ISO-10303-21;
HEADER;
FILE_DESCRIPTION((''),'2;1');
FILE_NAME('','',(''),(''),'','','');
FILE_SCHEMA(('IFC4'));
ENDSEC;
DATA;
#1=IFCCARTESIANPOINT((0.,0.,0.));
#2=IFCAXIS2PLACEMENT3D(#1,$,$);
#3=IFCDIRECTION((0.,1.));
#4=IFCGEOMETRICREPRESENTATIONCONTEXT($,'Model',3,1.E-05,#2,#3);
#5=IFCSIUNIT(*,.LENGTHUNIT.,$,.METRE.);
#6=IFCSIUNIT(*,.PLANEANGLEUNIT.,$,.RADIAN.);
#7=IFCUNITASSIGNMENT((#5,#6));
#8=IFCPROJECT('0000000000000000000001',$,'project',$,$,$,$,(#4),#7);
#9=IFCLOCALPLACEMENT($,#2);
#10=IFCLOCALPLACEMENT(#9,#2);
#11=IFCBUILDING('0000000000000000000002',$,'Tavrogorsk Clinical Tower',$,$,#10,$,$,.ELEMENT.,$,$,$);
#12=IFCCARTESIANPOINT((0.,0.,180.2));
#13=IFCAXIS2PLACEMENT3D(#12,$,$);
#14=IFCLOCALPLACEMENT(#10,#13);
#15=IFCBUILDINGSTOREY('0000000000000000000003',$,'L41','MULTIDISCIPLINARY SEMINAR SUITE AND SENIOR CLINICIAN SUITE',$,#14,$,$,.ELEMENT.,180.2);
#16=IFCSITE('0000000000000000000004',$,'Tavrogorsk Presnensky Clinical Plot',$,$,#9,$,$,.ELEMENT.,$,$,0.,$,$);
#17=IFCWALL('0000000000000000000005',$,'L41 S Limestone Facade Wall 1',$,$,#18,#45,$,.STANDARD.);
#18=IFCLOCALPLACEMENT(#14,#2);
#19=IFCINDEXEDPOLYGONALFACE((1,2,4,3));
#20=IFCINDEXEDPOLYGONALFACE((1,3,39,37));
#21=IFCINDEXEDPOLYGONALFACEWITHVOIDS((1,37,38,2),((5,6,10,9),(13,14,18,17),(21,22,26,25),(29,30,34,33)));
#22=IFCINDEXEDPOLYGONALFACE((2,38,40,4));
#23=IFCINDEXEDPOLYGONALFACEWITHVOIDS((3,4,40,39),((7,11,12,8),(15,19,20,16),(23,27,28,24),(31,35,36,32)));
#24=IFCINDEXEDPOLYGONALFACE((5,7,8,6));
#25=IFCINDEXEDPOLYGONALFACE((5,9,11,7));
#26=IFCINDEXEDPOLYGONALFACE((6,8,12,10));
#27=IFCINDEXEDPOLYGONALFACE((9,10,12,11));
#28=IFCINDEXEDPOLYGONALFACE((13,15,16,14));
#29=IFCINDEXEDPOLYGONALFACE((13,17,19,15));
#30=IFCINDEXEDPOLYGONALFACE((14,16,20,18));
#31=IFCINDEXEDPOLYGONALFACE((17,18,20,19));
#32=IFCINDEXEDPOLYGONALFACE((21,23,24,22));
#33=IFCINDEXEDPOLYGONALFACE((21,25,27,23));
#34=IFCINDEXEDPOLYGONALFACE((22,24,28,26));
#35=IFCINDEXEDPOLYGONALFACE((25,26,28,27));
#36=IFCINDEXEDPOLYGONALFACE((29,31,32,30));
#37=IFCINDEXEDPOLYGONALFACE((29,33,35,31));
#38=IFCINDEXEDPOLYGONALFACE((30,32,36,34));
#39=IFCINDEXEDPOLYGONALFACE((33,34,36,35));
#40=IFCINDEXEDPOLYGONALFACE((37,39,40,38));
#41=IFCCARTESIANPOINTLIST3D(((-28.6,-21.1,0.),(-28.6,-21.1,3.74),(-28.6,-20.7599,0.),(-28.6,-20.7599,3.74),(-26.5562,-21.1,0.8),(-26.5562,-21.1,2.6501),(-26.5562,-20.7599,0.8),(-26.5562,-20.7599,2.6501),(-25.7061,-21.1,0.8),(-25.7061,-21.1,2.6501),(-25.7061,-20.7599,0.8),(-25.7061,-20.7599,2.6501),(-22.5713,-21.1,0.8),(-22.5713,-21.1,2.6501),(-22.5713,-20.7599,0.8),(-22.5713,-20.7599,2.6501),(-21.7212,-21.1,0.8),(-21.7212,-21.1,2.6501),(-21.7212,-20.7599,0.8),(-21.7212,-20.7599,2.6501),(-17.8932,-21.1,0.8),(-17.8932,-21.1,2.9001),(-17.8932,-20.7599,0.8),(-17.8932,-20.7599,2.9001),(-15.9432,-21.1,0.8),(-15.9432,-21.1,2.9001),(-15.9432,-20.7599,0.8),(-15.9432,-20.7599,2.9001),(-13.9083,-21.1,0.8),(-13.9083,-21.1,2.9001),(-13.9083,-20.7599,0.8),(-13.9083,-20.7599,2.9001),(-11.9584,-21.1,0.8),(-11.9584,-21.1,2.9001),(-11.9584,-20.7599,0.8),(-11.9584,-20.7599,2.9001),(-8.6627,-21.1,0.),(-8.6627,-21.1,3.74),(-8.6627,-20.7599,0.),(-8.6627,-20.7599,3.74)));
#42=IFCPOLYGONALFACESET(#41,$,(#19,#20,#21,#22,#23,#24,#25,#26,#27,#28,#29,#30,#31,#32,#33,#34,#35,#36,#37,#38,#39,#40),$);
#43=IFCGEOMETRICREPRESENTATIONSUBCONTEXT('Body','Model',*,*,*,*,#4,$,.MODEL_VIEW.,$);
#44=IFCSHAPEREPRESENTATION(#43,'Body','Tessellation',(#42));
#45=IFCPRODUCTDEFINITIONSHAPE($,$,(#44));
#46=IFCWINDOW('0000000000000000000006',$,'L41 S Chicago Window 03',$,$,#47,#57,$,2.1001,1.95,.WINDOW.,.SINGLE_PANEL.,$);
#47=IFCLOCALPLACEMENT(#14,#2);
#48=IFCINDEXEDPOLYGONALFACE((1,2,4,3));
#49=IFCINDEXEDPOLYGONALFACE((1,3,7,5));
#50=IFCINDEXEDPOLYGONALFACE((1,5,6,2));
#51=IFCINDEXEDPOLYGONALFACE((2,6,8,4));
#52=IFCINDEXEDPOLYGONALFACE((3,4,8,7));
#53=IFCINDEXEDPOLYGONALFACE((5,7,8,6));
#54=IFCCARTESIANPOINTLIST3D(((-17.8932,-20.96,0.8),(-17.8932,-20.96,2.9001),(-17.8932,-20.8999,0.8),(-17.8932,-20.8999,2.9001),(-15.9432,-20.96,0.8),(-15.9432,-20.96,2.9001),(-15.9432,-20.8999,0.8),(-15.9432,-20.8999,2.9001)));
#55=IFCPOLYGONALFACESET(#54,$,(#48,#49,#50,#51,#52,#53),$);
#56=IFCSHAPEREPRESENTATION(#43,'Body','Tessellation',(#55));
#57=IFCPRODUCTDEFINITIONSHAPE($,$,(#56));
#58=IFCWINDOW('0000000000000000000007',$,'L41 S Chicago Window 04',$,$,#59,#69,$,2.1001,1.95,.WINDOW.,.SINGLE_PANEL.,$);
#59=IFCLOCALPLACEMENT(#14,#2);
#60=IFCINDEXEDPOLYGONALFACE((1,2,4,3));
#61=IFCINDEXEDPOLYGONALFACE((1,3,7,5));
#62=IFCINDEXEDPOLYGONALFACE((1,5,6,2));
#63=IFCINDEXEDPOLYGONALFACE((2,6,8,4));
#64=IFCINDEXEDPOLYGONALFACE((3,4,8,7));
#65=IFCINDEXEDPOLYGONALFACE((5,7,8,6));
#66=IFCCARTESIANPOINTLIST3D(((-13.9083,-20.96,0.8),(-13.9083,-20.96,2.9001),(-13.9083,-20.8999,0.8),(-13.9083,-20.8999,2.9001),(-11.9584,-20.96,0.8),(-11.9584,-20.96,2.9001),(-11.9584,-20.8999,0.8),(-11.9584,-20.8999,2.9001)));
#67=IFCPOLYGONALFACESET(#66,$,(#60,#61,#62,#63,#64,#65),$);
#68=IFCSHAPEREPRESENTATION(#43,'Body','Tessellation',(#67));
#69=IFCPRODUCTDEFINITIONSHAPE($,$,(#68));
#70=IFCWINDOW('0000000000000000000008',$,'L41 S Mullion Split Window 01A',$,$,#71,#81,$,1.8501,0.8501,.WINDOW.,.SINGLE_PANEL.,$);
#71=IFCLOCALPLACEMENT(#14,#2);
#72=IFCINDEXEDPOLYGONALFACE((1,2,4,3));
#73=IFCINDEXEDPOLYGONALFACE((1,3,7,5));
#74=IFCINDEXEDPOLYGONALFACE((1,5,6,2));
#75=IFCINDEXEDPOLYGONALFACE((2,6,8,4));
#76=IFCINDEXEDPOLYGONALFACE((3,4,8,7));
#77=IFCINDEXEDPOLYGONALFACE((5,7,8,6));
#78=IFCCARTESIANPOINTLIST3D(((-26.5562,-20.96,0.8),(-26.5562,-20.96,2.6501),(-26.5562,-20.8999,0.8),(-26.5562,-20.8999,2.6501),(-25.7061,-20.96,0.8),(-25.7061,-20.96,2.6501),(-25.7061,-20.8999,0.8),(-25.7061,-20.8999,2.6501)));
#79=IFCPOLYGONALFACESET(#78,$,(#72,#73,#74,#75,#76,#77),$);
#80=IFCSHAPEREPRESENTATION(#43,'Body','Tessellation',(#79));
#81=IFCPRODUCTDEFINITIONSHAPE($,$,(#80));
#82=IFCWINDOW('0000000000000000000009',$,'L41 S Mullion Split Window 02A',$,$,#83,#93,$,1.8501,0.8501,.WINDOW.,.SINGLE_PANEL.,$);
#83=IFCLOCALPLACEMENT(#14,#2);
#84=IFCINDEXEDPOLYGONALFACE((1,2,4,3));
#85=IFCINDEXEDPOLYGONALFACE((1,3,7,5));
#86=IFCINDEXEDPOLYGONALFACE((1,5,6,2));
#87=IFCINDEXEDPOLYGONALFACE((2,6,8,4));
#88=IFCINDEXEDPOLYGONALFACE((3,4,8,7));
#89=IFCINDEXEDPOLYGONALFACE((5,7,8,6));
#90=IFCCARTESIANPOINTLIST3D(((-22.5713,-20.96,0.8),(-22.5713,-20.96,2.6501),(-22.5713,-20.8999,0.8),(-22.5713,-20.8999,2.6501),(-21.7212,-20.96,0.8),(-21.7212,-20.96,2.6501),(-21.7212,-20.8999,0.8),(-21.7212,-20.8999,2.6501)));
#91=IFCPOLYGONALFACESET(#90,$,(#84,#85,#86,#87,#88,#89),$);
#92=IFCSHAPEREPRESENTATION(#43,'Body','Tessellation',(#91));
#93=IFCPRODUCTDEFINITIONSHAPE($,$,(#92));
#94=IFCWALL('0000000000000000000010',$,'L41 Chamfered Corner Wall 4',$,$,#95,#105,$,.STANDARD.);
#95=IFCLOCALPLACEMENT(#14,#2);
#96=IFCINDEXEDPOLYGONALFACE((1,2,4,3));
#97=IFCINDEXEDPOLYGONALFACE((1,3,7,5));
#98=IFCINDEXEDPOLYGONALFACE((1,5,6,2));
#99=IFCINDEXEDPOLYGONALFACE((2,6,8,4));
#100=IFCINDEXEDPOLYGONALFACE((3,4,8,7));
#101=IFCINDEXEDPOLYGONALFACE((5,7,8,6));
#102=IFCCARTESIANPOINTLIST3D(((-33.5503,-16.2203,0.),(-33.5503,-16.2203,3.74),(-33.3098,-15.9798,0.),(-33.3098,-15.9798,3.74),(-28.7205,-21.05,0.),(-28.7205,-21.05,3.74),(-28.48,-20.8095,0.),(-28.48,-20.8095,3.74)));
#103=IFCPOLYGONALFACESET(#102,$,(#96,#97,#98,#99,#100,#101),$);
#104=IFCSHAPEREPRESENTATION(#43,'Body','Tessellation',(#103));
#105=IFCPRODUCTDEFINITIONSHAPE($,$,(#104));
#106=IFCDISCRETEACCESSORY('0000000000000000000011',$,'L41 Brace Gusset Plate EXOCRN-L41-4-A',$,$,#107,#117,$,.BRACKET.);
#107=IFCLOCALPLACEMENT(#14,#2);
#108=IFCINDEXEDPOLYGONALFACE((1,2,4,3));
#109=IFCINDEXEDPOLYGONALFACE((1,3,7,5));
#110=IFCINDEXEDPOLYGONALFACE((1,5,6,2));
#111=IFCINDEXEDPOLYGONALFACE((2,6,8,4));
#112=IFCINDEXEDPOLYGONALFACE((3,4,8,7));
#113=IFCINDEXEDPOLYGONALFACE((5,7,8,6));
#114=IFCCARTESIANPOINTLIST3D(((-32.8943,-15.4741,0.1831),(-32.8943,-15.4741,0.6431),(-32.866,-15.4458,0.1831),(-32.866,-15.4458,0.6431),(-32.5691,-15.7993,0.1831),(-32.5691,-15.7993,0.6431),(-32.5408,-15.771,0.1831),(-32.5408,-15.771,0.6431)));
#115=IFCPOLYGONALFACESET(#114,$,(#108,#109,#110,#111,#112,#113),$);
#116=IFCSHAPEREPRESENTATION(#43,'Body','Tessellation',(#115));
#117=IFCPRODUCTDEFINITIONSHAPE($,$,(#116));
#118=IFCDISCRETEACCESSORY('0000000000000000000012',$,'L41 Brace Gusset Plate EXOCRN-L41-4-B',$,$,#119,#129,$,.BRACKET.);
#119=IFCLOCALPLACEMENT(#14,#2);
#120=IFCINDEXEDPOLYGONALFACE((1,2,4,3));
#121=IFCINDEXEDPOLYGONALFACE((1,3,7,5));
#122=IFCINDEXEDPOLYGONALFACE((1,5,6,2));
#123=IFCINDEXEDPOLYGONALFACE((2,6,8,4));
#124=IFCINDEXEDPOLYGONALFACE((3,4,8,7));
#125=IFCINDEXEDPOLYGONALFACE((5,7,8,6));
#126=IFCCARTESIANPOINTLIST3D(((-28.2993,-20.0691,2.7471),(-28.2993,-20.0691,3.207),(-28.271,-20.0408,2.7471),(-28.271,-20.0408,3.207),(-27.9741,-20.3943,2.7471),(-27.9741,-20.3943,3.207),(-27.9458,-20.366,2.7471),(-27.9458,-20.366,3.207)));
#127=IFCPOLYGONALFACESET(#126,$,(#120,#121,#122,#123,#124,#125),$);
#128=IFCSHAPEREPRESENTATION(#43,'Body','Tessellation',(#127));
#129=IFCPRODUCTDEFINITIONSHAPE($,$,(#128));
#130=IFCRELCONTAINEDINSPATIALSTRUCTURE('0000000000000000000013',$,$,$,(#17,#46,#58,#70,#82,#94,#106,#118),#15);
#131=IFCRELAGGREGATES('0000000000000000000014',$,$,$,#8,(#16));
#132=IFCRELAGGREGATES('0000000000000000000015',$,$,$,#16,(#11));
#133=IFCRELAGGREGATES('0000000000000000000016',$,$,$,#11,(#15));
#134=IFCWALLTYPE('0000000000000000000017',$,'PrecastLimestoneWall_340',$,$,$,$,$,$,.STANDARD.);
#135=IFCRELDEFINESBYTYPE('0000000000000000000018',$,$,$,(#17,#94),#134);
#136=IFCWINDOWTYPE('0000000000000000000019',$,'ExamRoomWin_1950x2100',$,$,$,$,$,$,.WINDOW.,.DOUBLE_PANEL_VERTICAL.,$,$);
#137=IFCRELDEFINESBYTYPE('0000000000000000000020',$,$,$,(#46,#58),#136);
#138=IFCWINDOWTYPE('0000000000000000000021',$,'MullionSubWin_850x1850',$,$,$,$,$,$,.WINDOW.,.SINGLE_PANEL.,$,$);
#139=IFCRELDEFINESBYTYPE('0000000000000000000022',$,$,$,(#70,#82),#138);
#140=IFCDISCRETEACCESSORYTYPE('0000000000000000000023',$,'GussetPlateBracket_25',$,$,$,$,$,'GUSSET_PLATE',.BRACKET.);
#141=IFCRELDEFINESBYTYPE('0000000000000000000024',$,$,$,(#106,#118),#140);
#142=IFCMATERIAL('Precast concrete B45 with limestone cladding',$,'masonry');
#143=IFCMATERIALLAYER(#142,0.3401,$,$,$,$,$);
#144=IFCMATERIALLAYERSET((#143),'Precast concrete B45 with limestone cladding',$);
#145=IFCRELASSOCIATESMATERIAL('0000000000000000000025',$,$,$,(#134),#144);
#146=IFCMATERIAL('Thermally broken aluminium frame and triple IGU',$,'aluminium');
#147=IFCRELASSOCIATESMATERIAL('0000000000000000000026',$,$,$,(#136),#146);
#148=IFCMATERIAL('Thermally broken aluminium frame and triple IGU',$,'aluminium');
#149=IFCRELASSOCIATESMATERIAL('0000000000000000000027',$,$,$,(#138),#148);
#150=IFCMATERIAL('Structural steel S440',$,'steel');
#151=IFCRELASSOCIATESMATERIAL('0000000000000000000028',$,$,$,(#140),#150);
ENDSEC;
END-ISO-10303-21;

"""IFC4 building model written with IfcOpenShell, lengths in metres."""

from ifc_helpers import new_model, si_unit, direction, frame, frame_2d, origin, origin_2d, place, context, subcontext, project, spatial, rectangle, extrude, material, layer, layer_set, type_object, element, fill, save


model = new_model("IFC4")

# Units and contexts
model_context = context("Model", 3, precision=1e-05, world=origin(), true_north=direction((0.0, 1.0)))
body_context = subcontext(model_context, "Body", "Model", "MODEL_VIEW")
ifc_project = project(units=[si_unit("LENGTHUNIT", "METRE"), si_unit("PLANEANGLEUNIT", "RADIAN")], contexts=[model_context])

# Site, building, storey
site_placement = place(None, origin())
site = spatial("IfcSite", under=ifc_project, at=site_placement, Name="Tavrogorsk Presnensky Clinical Plot", CompositionType="ELEMENT", RefElevation=0.0)
building_placement = place(site_placement, origin())
building = spatial("IfcBuilding", under=site, at=building_placement, Name="Tavrogorsk Clinical Tower", CompositionType="ELEMENT")
storey_placement = place(building_placement, frame((0.0, 0.0, 180.2)))
storey = spatial("IfcBuildingStorey", under=building, at=storey_placement, Name="L41", Description="MULTIDISCIPLINARY SEMINAR SUITE AND SENIOR CLINICIAN SUITE", CompositionType="ELEMENT", Elevation=180.2)

# Wall, openings, windows
ifc_material_1 = material(Name="Precast concrete B45 with limestone cladding", Category="masonry")
ifc_layer_1 = layer(ifc_material_1, 0.3401)
ifc_layer_set_1 = layer_set([ifc_layer_1], Name="Precast concrete B45 with limestone cladding")
wall_type_1 = type_object("IfcWallType", Name="PrecastLimestoneWall_340", PredefinedType="STANDARD", material=ifc_layer_set_1)
wall_1_placement = place(storey_placement, frame((-28.6001, -20.9299, 0.0), z_axis=(0.0, 0.0, 1.0), x_axis=(1.0, 0.0, 0.0)))
wall_1 = element("IfcWall", 1, at=wall_1_placement, inside=storey, type_object=wall_type_1, Name="L41 S Limestone Facade Wall 1", PredefinedType="STANDARD", context=body_context, shape_type="SweptSolid", body=[
    extrude(rectangle(XDim=19.9373, YDim=0.3401, at=frame_2d((9.9688, 0.0))), origin(), (0.0, 0.0, 1.0), 3.74),
])
opening_1_placement = place(wall_1_placement, frame((2.0439, 0.0, 0.8)))
opening_1 = element("IfcOpeningElement", 2, at=opening_1_placement, cuts=wall_1, PredefinedType="OPENING", context=body_context, shape_type="SweptSolid", body=[
    extrude(rectangle(XDim=0.8501, YDim=1.8501, at=frame_2d((0.425, 0.925))), frame((0.0, 0.1799, 0.0), z_axis=(0.0, -1.0, 0.0), x_axis=(1.0, 0.0, 0.0)), (0.0, 0.0, 1.0), 0.3601),
])
opening_2_placement = place(wall_1_placement, frame((6.0288, 0.0, 0.8)))
opening_2 = element("IfcOpeningElement", 3, at=opening_2_placement, cuts=wall_1, PredefinedType="OPENING", context=body_context, shape_type="SweptSolid", body=[
    extrude(rectangle(XDim=0.8501, YDim=1.8501, at=frame_2d((0.425, 0.925))), frame((0.0, 0.1799, 0.0), z_axis=(0.0, -1.0, 0.0), x_axis=(1.0, 0.0, 0.0)), (0.0, 0.0, 1.0), 0.3601),
])
opening_3_placement = place(wall_1_placement, frame((10.7068, 0.0, 0.8)))
opening_3 = element("IfcOpeningElement", 4, at=opening_3_placement, cuts=wall_1, PredefinedType="OPENING", context=body_context, shape_type="SweptSolid", body=[
    extrude(rectangle(XDim=1.95, YDim=2.1001, at=frame_2d((0.9751, 1.05))), frame((0.0, 0.1799, 0.0), z_axis=(0.0, -1.0, 0.0), x_axis=(1.0, 0.0, 0.0)), (0.0, 0.0, 1.0), 0.3601),
])
opening_4_placement = place(wall_1_placement, frame((14.6917, 0.0, 0.8)))
opening_4 = element("IfcOpeningElement", 5, at=opening_4_placement, cuts=wall_1, PredefinedType="OPENING", context=body_context, shape_type="SweptSolid", body=[
    extrude(rectangle(XDim=1.95, YDim=2.1001, at=frame_2d((0.9751, 1.05))), frame((0.0, 0.1799, 0.0), z_axis=(0.0, -1.0, 0.0), x_axis=(1.0, 0.0, 0.0)), (0.0, 0.0, 1.0), 0.3601),
])
ifc_material_2 = material(Name="Thermally broken aluminium frame and triple IGU", Category="aluminium")
window_type_1 = type_object("IfcWindowType", Name="ExamRoomWin_1950x2100", PartitioningType="DOUBLE_PANEL_VERTICAL", PredefinedType="WINDOW", material=ifc_material_2)
window_1_placement = place(opening_3_placement, origin())
window_1 = element("IfcWindow", 6, at=window_1_placement, inside=storey, type_object=window_type_1, Name="L41 S Chicago Window 03", OverallHeight=2.1001, OverallWidth=1.95, PartitioningType="SINGLE_PANEL", PredefinedType="WINDOW", context=body_context, shape_type="SweptSolid", body=[
    extrude(rectangle(XDim=1.95, YDim=2.1001, at=frame_2d((0.9751, 1.05))), frame((0.0, 0.03, 0.0), z_axis=(0.0, -1.0, 0.0), x_axis=(1.0, 0.0, 0.0)), (0.0, 0.0, 1.0), 0.0601),
])
fill(opening_3, window_1)
window_2_placement = place(opening_4_placement, origin())
window_2 = element("IfcWindow", 7, at=window_2_placement, inside=storey, type_object=window_type_1, Name="L41 S Chicago Window 04", OverallHeight=2.1001, OverallWidth=1.95, PartitioningType="SINGLE_PANEL", PredefinedType="WINDOW", context=body_context, shape_type="SweptSolid", body=[
    extrude(rectangle(XDim=1.95, YDim=2.1001, at=frame_2d((0.9751, 1.05))), frame((0.0, 0.03, 0.0), z_axis=(0.0, -1.0, 0.0), x_axis=(1.0, 0.0, 0.0)), (0.0, 0.0, 1.0), 0.0601),
])
fill(opening_4, window_2)
ifc_material_3 = material(Name="Thermally broken aluminium frame and triple IGU", Category="aluminium")
window_type_2 = type_object("IfcWindowType", Name="MullionSubWin_850x1850", PartitioningType="SINGLE_PANEL", PredefinedType="WINDOW", material=ifc_material_3)
window_3_placement = place(opening_1_placement, origin())
window_3 = element("IfcWindow", 8, at=window_3_placement, inside=storey, type_object=window_type_2, Name="L41 S Mullion Split Window 01A", OverallHeight=1.8501, OverallWidth=0.8501, PartitioningType="SINGLE_PANEL", PredefinedType="WINDOW", context=body_context, shape_type="SweptSolid", body=[
    extrude(rectangle(XDim=0.8501, YDim=1.8501, at=frame_2d((0.425, 0.925))), frame((0.0, 0.03, 0.0), z_axis=(0.0, -1.0, 0.0), x_axis=(1.0, 0.0, 0.0)), (0.0, 0.0, 1.0), 0.0601),
])
fill(opening_1, window_3)
window_4_placement = place(opening_2_placement, origin())
window_4 = element("IfcWindow", 9, at=window_4_placement, inside=storey, type_object=window_type_2, Name="L41 S Mullion Split Window 02A", OverallHeight=1.8501, OverallWidth=0.8501, PartitioningType="SINGLE_PANEL", PredefinedType="WINDOW", context=body_context, shape_type="SweptSolid", body=[
    extrude(rectangle(XDim=0.8501, YDim=1.8501, at=frame_2d((0.425, 0.925))), frame((0.0, 0.03, 0.0), z_axis=(0.0, -1.0, 0.0), x_axis=(1.0, 0.0, 0.0)), (0.0, 0.0, 1.0), 0.0601),
])
fill(opening_2, window_4)

# Wall
wall_2_placement = place(storey_placement, frame((-33.4299, -16.1001, 0.0), z_axis=(0.0, 0.0, 1.0), x_axis=(0.707107, -0.707107, 0.0)))
element("IfcWall", 10, at=wall_2_placement, inside=storey, type_object=wall_type_1, Name="L41 Chamfered Corner Wall 4", PredefinedType="STANDARD", context=body_context, shape_type="SweptSolid", body=[
    extrude(rectangle(XDim=6.8303, YDim=0.3401, at=frame_2d((3.415, 0.0))), origin(), (0.0, 0.0, 1.0), 3.74),
])

# Discrete accessories
ifc_material_4 = material(Name="Structural steel S440", Category="steel")
discrete_accessory_type = type_object("IfcDiscreteAccessoryType", Name="GussetPlateBracket_25", ElementType="GUSSET_PLATE", PredefinedType="BRACKET", material=ifc_material_4)
for number, where, z_axis, x_axis, name in (
    (11, (-32.7175, -15.6226, 0.1831), (0.0, 0.0, 1.0), (0.707107, -0.707107, 0.0), "L41 Brace Gusset Plate EXOCRN-L41-4-A"),
    (12, (-28.1226, -20.2175, 2.7471), (0.0, 0.0, 1.0), (0.707107, -0.707107, 0.0), "L41 Brace Gusset Plate EXOCRN-L41-4-B"),
):
    element("IfcDiscreteAccessory", number, at=place(storey_placement, frame(where, z_axis=z_axis, x_axis=x_axis)), inside=storey, type_object=discrete_accessory_type, Name=name, PredefinedType="BRACKET", context=body_context, shape_type="SweptSolid", body=[
        extrude(rectangle(XDim=0.46, YDim=0.04, at=origin_2d()), origin(), (0.0, 0.0, 1.0), 0.46),
    ])

save(model, "model.ifc")
